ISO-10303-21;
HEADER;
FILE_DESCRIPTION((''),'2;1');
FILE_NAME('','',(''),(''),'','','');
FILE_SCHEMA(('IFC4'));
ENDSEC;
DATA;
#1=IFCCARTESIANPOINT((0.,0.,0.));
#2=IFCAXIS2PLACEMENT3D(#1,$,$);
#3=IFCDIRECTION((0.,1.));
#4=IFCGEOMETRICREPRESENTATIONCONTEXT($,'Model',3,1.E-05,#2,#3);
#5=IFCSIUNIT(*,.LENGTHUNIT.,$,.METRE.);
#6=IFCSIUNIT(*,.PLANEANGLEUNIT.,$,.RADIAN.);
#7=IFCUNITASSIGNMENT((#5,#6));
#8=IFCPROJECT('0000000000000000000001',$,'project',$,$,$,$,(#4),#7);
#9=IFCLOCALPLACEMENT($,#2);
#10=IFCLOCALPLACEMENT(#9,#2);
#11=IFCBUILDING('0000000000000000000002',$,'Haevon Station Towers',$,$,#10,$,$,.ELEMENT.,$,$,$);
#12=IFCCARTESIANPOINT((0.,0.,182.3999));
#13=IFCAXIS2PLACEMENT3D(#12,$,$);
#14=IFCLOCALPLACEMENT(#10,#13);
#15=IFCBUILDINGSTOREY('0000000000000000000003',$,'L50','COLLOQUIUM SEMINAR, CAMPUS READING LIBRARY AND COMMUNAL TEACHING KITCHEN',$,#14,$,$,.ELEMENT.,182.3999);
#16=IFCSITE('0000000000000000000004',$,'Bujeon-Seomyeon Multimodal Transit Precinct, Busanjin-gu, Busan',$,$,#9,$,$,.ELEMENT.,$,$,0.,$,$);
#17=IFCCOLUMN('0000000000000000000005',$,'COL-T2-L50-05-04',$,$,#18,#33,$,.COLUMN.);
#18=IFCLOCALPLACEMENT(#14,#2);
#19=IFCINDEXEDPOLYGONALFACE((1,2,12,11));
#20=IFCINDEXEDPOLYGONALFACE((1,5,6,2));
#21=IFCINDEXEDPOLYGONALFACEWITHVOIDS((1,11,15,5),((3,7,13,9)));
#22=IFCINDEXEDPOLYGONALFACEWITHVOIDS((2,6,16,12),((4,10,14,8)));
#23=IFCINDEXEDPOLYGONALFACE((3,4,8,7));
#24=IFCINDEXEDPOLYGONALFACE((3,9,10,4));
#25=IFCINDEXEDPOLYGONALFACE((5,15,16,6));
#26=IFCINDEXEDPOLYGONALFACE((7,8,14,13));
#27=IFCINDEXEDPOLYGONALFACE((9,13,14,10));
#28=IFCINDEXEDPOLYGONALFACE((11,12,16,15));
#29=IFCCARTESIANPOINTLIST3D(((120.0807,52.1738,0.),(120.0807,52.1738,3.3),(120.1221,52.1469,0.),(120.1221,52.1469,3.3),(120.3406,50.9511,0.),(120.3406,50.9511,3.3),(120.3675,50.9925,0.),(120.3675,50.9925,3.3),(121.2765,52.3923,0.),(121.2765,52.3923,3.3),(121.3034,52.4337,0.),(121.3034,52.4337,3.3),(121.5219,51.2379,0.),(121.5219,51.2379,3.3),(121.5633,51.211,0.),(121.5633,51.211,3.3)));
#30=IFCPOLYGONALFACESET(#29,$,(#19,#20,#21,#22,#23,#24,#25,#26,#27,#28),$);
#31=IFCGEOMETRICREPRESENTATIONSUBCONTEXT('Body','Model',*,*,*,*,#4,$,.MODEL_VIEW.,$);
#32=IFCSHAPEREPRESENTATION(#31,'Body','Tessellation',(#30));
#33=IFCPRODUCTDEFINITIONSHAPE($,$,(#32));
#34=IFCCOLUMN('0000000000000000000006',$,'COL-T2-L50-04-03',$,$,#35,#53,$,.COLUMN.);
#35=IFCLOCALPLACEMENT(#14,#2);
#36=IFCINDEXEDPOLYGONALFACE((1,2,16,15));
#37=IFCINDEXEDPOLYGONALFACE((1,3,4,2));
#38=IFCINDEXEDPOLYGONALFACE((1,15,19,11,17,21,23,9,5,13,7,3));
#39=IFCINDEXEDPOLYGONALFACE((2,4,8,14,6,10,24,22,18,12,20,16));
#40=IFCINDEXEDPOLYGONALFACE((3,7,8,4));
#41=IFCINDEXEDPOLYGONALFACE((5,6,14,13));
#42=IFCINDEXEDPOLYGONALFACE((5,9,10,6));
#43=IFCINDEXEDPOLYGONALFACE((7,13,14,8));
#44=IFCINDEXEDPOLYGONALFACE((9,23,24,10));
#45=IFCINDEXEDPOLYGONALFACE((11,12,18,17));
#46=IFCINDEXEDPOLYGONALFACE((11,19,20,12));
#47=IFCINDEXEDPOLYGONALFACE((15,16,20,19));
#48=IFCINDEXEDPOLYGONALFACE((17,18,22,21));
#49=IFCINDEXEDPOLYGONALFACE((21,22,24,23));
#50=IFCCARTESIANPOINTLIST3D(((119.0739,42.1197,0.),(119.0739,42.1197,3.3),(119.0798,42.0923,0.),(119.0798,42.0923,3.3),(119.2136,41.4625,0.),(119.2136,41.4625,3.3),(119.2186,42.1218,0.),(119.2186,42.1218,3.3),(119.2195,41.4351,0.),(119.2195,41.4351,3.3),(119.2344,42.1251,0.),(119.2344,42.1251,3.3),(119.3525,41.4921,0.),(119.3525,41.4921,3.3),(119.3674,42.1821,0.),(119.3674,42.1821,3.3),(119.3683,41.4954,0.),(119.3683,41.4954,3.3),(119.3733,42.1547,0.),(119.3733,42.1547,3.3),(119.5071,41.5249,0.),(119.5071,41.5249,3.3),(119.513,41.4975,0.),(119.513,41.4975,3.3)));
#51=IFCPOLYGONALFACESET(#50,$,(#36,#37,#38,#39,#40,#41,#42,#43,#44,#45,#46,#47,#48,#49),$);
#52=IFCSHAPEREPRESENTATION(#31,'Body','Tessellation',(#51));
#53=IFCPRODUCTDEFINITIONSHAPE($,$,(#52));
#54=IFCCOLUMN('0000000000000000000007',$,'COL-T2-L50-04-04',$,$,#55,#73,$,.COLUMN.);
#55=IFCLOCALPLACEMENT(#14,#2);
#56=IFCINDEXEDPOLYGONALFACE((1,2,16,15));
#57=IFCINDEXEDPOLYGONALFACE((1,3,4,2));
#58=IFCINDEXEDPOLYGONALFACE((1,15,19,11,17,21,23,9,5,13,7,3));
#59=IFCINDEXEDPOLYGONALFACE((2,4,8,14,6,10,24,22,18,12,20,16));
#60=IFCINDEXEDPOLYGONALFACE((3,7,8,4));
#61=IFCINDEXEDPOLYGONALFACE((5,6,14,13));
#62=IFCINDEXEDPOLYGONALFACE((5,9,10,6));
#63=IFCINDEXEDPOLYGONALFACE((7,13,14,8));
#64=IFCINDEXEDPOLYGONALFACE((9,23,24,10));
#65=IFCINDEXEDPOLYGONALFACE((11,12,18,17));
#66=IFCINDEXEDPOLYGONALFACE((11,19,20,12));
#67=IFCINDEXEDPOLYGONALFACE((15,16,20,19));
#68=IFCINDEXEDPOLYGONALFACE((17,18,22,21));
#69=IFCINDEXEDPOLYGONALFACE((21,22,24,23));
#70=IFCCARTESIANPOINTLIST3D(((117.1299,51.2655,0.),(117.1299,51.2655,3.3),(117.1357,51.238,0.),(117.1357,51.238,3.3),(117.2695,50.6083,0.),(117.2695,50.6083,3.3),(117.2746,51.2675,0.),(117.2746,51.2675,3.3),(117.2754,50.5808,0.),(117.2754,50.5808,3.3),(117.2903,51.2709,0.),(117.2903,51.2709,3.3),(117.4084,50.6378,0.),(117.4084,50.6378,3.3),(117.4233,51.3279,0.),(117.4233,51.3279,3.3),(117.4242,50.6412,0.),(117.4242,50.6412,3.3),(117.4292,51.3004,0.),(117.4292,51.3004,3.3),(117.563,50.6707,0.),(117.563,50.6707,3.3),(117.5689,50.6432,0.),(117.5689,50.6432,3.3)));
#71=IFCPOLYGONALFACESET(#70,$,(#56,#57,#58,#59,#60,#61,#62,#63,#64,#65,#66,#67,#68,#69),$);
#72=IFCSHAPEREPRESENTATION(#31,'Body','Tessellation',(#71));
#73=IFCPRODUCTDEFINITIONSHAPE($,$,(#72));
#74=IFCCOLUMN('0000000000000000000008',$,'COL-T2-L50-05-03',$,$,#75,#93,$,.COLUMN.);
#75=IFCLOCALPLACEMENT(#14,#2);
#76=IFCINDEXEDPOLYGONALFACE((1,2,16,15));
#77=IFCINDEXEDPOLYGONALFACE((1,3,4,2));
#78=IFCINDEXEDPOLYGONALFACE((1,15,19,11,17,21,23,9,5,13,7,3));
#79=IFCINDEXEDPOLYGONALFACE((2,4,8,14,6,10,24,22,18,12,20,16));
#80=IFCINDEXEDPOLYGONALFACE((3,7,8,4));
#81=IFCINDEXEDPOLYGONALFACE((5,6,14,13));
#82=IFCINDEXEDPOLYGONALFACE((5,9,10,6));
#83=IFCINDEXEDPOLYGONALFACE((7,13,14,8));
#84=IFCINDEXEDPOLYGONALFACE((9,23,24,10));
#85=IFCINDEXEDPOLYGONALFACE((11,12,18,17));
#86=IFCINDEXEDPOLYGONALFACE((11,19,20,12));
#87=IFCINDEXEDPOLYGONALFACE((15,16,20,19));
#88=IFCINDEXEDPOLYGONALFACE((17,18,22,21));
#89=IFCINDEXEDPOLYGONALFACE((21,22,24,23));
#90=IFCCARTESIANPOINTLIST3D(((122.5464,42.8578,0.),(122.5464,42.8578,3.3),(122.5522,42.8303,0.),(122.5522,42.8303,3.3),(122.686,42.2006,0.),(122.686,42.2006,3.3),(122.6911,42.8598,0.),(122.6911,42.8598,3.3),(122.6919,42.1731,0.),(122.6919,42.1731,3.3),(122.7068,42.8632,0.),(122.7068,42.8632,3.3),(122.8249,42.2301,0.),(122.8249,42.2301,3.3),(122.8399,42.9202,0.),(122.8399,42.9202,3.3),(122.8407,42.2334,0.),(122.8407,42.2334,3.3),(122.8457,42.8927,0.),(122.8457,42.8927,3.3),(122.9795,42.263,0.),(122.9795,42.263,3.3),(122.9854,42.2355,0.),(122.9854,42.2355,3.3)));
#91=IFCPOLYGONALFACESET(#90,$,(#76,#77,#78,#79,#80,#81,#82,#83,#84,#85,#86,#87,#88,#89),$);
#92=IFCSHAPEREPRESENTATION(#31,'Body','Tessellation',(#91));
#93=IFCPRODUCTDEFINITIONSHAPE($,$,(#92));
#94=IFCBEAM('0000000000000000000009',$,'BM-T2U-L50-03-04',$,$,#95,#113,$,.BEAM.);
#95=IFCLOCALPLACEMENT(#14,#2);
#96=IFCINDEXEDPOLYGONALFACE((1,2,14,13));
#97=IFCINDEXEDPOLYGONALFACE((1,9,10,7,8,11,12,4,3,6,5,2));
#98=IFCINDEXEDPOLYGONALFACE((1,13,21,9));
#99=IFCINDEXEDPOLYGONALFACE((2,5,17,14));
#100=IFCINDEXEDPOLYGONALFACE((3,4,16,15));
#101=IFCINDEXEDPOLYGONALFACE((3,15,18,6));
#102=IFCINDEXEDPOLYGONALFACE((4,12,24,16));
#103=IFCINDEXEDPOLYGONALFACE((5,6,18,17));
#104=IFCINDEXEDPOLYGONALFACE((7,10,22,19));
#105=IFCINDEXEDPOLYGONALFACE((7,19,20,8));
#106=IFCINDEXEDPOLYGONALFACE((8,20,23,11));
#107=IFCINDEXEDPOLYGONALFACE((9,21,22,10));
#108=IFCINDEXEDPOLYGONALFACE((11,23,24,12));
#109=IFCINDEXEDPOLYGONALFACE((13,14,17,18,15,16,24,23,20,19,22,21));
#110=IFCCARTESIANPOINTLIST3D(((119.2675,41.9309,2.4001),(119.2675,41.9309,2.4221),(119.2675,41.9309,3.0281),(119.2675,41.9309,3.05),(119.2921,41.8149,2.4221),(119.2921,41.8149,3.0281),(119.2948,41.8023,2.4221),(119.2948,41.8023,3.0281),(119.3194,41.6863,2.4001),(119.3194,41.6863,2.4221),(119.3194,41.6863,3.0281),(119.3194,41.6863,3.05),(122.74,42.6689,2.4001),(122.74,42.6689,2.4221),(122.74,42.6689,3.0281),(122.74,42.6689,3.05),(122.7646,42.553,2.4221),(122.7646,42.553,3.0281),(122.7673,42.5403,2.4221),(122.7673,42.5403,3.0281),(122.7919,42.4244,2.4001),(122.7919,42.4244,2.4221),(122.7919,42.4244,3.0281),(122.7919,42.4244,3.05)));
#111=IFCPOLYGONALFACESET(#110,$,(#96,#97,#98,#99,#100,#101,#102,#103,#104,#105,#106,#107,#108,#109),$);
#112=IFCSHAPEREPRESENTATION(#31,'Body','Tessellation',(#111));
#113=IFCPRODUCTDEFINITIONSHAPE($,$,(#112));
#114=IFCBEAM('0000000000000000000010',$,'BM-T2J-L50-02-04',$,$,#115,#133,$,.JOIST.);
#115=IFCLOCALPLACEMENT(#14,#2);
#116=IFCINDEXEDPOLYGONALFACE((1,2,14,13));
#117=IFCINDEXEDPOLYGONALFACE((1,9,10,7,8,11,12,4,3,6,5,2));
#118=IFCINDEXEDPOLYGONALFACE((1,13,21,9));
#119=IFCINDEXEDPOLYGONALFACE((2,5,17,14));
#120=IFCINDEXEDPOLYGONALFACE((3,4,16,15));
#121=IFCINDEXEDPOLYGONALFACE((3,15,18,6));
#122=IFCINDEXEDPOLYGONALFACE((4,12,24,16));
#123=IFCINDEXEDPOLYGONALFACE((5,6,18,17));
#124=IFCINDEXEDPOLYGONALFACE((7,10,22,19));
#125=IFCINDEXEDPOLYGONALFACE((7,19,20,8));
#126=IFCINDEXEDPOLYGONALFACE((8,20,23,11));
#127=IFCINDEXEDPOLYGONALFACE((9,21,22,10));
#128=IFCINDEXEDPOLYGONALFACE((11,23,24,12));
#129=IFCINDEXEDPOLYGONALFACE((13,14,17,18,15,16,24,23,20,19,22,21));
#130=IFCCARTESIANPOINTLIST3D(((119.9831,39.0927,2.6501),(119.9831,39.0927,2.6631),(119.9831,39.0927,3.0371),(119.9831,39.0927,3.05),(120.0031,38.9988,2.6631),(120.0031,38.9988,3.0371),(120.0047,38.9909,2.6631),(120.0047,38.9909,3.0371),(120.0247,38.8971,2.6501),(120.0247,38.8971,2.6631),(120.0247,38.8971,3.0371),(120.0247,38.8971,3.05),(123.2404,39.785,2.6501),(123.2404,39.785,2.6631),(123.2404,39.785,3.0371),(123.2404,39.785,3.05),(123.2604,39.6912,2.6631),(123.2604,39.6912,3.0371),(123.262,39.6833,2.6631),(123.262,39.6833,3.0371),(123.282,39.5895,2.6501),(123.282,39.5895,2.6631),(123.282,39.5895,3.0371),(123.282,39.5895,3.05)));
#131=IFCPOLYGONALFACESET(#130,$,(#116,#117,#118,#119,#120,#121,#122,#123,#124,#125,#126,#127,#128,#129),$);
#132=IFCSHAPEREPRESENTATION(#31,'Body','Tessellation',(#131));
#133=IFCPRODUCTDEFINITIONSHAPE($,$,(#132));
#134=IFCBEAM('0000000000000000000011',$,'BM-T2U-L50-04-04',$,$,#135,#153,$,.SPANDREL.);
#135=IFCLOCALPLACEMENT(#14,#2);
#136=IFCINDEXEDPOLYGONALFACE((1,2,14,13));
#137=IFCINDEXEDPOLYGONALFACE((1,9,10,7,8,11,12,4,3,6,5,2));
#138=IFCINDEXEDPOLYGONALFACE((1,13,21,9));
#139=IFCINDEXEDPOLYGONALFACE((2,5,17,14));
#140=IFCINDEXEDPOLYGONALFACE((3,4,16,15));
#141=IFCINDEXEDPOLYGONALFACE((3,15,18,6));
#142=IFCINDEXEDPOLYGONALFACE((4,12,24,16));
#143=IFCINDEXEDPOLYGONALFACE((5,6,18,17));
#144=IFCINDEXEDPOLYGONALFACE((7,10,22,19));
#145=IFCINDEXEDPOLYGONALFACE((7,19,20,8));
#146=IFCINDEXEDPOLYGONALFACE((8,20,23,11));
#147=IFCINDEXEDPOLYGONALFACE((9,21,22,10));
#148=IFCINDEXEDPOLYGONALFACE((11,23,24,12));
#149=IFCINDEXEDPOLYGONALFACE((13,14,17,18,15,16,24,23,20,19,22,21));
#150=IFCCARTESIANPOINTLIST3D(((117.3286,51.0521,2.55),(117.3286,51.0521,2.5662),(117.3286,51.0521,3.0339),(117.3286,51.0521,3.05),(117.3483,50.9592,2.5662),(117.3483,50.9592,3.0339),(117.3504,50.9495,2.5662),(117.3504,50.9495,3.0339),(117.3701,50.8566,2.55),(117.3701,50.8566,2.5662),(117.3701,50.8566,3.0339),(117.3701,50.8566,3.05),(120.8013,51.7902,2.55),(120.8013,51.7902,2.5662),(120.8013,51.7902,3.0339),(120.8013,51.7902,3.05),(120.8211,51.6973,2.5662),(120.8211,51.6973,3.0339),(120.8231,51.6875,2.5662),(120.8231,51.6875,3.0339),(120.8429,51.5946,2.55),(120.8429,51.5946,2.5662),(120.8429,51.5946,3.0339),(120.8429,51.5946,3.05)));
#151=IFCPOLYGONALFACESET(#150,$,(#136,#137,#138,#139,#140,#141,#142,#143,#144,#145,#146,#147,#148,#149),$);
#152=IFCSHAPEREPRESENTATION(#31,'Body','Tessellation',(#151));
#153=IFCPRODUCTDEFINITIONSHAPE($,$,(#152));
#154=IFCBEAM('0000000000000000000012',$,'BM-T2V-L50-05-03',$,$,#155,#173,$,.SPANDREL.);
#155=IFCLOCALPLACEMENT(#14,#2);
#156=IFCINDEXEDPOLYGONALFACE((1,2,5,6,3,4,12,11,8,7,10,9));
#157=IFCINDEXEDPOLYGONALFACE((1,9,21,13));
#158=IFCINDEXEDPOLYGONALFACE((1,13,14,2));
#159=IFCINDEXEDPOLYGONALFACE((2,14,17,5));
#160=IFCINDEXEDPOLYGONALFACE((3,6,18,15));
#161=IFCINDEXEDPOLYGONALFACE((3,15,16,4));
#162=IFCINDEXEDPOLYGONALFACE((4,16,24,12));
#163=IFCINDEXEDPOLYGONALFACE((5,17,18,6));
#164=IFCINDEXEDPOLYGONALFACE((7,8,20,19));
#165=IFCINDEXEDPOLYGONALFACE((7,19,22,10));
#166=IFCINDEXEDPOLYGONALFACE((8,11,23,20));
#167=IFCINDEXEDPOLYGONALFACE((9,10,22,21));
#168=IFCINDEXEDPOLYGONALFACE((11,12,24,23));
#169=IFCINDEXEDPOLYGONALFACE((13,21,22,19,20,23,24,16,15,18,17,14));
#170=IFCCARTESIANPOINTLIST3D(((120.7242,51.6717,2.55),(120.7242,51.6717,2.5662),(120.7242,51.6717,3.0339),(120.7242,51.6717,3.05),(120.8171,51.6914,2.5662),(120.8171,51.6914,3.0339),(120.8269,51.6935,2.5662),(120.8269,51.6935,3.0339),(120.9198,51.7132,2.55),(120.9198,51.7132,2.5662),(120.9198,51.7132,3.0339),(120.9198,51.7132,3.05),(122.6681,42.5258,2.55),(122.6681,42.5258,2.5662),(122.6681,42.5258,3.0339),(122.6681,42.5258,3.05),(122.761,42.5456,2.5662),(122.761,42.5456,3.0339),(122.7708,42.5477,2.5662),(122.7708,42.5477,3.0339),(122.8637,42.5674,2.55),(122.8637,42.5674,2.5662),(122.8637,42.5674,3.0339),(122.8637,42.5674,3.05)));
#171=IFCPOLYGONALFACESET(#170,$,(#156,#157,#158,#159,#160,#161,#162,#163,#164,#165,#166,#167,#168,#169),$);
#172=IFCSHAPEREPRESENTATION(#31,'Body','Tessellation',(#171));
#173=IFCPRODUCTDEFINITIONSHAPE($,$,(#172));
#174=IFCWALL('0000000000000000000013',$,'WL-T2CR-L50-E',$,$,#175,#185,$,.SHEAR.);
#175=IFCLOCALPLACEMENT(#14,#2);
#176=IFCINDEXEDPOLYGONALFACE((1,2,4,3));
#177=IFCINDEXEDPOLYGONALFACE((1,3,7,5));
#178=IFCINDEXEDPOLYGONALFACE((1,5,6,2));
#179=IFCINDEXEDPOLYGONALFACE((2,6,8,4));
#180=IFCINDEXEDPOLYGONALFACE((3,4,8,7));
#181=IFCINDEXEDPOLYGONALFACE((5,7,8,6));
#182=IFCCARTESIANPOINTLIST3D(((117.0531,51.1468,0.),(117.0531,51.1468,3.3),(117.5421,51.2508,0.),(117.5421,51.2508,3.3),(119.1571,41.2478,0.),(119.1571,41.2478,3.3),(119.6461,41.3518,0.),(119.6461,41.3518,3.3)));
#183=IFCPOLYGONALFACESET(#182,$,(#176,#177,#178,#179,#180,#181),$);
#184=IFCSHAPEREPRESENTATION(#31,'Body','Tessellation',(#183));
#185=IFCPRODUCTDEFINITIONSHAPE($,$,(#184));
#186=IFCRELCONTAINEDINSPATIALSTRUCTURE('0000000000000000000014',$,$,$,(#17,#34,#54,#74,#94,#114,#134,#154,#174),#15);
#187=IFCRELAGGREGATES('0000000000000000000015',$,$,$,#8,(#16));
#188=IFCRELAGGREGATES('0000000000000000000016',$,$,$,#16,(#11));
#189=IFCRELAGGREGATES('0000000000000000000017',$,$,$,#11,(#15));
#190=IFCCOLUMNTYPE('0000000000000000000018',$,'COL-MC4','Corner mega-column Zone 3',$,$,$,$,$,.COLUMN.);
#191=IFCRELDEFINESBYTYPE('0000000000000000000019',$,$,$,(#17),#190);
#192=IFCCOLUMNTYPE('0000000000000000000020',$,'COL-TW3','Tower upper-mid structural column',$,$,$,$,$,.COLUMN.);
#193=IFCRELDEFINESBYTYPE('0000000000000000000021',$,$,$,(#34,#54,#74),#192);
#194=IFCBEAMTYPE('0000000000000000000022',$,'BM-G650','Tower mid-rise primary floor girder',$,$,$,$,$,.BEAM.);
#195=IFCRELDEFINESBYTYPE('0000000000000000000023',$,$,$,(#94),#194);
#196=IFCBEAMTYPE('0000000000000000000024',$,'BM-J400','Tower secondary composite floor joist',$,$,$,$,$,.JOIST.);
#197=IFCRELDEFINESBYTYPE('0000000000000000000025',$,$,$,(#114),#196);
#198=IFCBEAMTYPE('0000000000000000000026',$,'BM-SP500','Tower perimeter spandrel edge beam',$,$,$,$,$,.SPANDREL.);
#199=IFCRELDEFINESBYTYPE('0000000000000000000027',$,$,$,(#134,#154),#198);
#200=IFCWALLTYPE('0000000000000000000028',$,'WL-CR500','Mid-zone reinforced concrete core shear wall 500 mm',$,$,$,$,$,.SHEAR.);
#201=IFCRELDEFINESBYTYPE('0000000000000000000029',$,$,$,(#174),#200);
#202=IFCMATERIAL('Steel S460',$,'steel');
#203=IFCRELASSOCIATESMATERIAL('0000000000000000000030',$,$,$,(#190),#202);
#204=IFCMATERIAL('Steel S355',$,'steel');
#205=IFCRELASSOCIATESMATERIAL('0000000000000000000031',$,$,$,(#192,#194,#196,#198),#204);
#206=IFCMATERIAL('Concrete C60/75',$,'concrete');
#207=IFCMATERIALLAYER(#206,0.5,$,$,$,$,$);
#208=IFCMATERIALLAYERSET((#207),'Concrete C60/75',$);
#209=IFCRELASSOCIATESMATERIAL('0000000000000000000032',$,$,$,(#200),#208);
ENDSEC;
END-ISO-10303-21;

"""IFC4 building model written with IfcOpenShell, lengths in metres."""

from ifc_helpers import new_model, si_unit, direction, frame, frame_2d, origin, origin_2d, place, context, subcontext, project, spatial, rectangle, hollow_rectangle, i_section, extrude, material, layer, layer_set, material_profile, profile_set, type_object, element, save


model = new_model("IFC4")

# Units and contexts
model_context = context("Model", 3, precision=1e-05, world=origin(), true_north=direction((0.0, 1.0)))
body_context = subcontext(model_context, "Body", "Model", "MODEL_VIEW")
ifc_project = project(units=[si_unit("LENGTHUNIT", "METRE"), si_unit("PLANEANGLEUNIT", "RADIAN")], contexts=[model_context])

# Site, building, storey
site_placement = place(None, origin())
site = spatial("IfcSite", under=ifc_project, at=site_placement, Name="Bujeon-Seomyeon Multimodal Transit Precinct, Busanjin-gu, Busan", CompositionType="ELEMENT", RefElevation=0.0)
building_placement = place(site_placement, origin())
building = spatial("IfcBuilding", under=site, at=building_placement, Name="Haevon Station Towers", CompositionType="ELEMENT")
storey_placement = place(building_placement, frame((0.0, 0.0, 182.3999)))
storey = spatial("IfcBuildingStorey", under=building, at=storey_placement, Name="L50", Description="COLLOQUIUM SEMINAR, CAMPUS READING LIBRARY AND COMMUNAL TEACHING KITCHEN", CompositionType="ELEMENT", Elevation=182.3999)

# Columns
ifc_material_1 = material(Name="Steel S460", Category="steel")
ifc_material_profile_1 = material_profile(ifc_material_1, hollow_rectangle(XDim=1.25, YDim=1.25, WallThickness=0.0349, at=origin_2d()), Name="BOX-1250x1250x35")
ifc_profile_set_1 = profile_set([ifc_material_profile_1], Name="Steel S460")
column_type_1 = type_object("IfcColumnType", Name="COL-MC4", Description="Corner mega-column Zone 3", PredefinedType="COLUMN", material=ifc_profile_set_1)
column_placement = place(storey_placement, frame((120.822, 51.6924, 0.0), z_axis=(0.0, 0.0, 1.0), x_axis=(0.978148, 0.207912, 0.0)))
element("IfcColumn", 1, at=column_placement, inside=storey, type_object=column_type_1, Name="COL-T2-L50-05-04", PredefinedType="COLUMN", context=body_context, shape_type="SweptSolid", body=[
    extrude(hollow_rectangle(XDim=1.25, YDim=1.25, WallThickness=0.0349, at=origin_2d()), origin(), (0.0, 0.0, 1.0), 3.3),
])
ifc_material_2 = material(Name="Steel S355", Category="steel")
ifc_material_profile_2 = material_profile(ifc_material_2, i_section(OverallWidth=0.3, OverallDepth=0.7, WebThickness=0.0161, FlangeThickness=0.0281, at=origin_2d()), Name="H-700x300x16x28")
ifc_profile_set_2 = profile_set([ifc_material_profile_2], Name="Steel S355")
column_type_2 = type_object("IfcColumnType", Name="COL-TW3", Description="Tower upper-mid structural column", PredefinedType="COLUMN", material=ifc_profile_set_2)
for number, where, z_axis, x_axis, name in (
    (2, (119.2935, 41.8086, 0.0), (0.0, 0.0, 1.0), (0.978148, 0.207912, 0.0), "COL-T2-L50-04-03"),
    (3, (117.3494, 50.9543, 0.0), (0.0, 0.0, 1.0), (0.978148, 0.207912, 0.0), "COL-T2-L50-04-04"),
    (4, (122.7659, 42.5466, 0.0), (0.0, 0.0, 1.0), (0.978148, 0.207912, 0.0), "COL-T2-L50-05-03"),
):
    element("IfcColumn", number, at=place(storey_placement, frame(where, z_axis=z_axis, x_axis=x_axis)), inside=storey, type_object=column_type_2, Name=name, PredefinedType="COLUMN", context=body_context, shape_type="SweptSolid", body=[
        extrude(i_section(OverallWidth=0.3, OverallDepth=0.7, WebThickness=0.0161, FlangeThickness=0.0281, at=origin_2d()), origin(), (0.0, 0.0, 1.0), 3.3),
    ])

# Beams
ifc_material_profile_3 = material_profile(ifc_material_2, i_section(OverallWidth=0.25, OverallDepth=0.6499, WebThickness=0.0129, FlangeThickness=0.022, at=origin_2d()), Name="H-650x250x13x22")
ifc_profile_set_3 = profile_set([ifc_material_profile_3], Name="Steel S355")
beam_type_1 = type_object("IfcBeamType", Name="BM-G650", Description="Tower mid-rise primary floor girder", PredefinedType="BEAM", material=ifc_profile_set_3)
beam_1_placement = place(storey_placement, frame((119.2935, 41.8086, 2.7251), z_axis=(0.97815, 0.207899, 0.0), x_axis=(-0.207899, 0.97815, 0.0)))
element("IfcBeam", 5, at=beam_1_placement, inside=storey, type_object=beam_type_1, Name="BM-T2U-L50-03-04", PredefinedType="BEAM", context=body_context, shape_type="SweptSolid", body=[
    extrude(i_section(OverallWidth=0.25, OverallDepth=0.6499, WebThickness=0.0129, FlangeThickness=0.022, at=origin_2d()), origin(), (0.0, 0.0, 1.0), 3.55),
])
ifc_material_profile_4 = material_profile(ifc_material_2, i_section(OverallWidth=0.2, OverallDepth=0.3999, WebThickness=0.0081, FlangeThickness=0.0129, at=origin_2d()), Name="H-400x200x8x13")
ifc_profile_set_4 = profile_set([ifc_material_profile_4], Name="Steel S355")
beam_type_2 = type_object("IfcBeamType", Name="BM-J400", Description="Tower secondary composite floor joist", PredefinedType="JOIST", material=ifc_profile_set_4)
beam_2_placement = place(storey_placement, frame((120.0039, 38.9949, 2.8501), z_axis=(0.978147, 0.207917, 0.0), x_axis=(-0.207917, 0.978147, 0.0)))
element("IfcBeam", 6, at=beam_2_placement, inside=storey, type_object=beam_type_2, Name="BM-T2J-L50-02-04", PredefinedType="JOIST", context=body_context, shape_type="SweptSolid", body=[
    extrude(i_section(OverallWidth=0.2, OverallDepth=0.3999, WebThickness=0.0081, FlangeThickness=0.0129, at=origin_2d()), origin(), (0.0, 0.0, 1.0), 3.3301),
])
ifc_material_profile_5 = material_profile(ifc_material_2, i_section(OverallWidth=0.2, OverallDepth=0.5, WebThickness=0.01, FlangeThickness=0.0161, at=origin_2d()), Name="H-500x200x10x16")
ifc_profile_set_5 = profile_set([ifc_material_profile_5], Name="Steel S355")
beam_type_3 = type_object("IfcBeamType", Name="BM-SP500", Description="Tower perimeter spandrel edge beam", PredefinedType="SPANDREL", material=ifc_profile_set_5)
beam_3_placement = place(storey_placement, frame((117.3494, 50.9543, 2.8), z_axis=(0.978153, 0.207885, 0.0), x_axis=(-0.207885, 0.978153, 0.0)))
element("IfcBeam", 7, at=beam_3_placement, inside=storey, type_object=beam_type_3, Name="BM-T2U-L50-04-04", PredefinedType="SPANDREL", context=body_context, shape_type="SweptSolid", body=[
    extrude(i_section(OverallWidth=0.2, OverallDepth=0.5, WebThickness=0.01, FlangeThickness=0.0161, at=origin_2d()), origin(), (0.0, 0.0, 1.0), 3.5503),
])
beam_4_placement = place(storey_placement, frame((122.7659, 42.5466, 2.8), z_axis=(-0.207897, 0.978151, 0.0), x_axis=(-0.978151, -0.207897, 0.0)))
element("IfcBeam", 8, at=beam_4_placement, inside=storey, type_object=beam_type_3, Name="BM-T2V-L50-05-03", PredefinedType="SPANDREL", context=body_context, shape_type="SweptSolid", body=[
    extrude(i_section(OverallWidth=0.2, OverallDepth=0.5, WebThickness=0.01, FlangeThickness=0.0161, at=origin_2d()), origin(), (0.0, 0.0, 1.0), 9.3501),
])

# Wall
ifc_material_3 = material(Name="Concrete C60/75", Category="concrete")
ifc_layer_1 = layer(ifc_material_3, 0.5)
ifc_layer_set_1 = layer_set([ifc_layer_1], Name="Concrete C60/75")
wall_type_1 = type_object("IfcWallType", Name="WL-CR500", Description="Mid-zone reinforced concrete core shear wall 500 mm", PredefinedType="SHEAR", material=ifc_layer_set_1)
wall_1_placement = place(storey_placement, frame((119.4016, 41.2998, 0.0), z_axis=(0.0, 0.0, 1.0), x_axis=(-0.207904, 0.978149, 0.0)))
element("IfcWall", 9, at=wall_1_placement, inside=storey, type_object=wall_type_1, Name="WL-T2CR-L50-E", PredefinedType="SHEAR", context=body_context, shape_type="SweptSolid", body=[
    extrude(rectangle(XDim=10.1201, YDim=0.5, at=frame_2d((5.0601, 0.0))), origin(), (0.0, 0.0, 1.0), 3.3),
])

save(model, "model.ifc")
